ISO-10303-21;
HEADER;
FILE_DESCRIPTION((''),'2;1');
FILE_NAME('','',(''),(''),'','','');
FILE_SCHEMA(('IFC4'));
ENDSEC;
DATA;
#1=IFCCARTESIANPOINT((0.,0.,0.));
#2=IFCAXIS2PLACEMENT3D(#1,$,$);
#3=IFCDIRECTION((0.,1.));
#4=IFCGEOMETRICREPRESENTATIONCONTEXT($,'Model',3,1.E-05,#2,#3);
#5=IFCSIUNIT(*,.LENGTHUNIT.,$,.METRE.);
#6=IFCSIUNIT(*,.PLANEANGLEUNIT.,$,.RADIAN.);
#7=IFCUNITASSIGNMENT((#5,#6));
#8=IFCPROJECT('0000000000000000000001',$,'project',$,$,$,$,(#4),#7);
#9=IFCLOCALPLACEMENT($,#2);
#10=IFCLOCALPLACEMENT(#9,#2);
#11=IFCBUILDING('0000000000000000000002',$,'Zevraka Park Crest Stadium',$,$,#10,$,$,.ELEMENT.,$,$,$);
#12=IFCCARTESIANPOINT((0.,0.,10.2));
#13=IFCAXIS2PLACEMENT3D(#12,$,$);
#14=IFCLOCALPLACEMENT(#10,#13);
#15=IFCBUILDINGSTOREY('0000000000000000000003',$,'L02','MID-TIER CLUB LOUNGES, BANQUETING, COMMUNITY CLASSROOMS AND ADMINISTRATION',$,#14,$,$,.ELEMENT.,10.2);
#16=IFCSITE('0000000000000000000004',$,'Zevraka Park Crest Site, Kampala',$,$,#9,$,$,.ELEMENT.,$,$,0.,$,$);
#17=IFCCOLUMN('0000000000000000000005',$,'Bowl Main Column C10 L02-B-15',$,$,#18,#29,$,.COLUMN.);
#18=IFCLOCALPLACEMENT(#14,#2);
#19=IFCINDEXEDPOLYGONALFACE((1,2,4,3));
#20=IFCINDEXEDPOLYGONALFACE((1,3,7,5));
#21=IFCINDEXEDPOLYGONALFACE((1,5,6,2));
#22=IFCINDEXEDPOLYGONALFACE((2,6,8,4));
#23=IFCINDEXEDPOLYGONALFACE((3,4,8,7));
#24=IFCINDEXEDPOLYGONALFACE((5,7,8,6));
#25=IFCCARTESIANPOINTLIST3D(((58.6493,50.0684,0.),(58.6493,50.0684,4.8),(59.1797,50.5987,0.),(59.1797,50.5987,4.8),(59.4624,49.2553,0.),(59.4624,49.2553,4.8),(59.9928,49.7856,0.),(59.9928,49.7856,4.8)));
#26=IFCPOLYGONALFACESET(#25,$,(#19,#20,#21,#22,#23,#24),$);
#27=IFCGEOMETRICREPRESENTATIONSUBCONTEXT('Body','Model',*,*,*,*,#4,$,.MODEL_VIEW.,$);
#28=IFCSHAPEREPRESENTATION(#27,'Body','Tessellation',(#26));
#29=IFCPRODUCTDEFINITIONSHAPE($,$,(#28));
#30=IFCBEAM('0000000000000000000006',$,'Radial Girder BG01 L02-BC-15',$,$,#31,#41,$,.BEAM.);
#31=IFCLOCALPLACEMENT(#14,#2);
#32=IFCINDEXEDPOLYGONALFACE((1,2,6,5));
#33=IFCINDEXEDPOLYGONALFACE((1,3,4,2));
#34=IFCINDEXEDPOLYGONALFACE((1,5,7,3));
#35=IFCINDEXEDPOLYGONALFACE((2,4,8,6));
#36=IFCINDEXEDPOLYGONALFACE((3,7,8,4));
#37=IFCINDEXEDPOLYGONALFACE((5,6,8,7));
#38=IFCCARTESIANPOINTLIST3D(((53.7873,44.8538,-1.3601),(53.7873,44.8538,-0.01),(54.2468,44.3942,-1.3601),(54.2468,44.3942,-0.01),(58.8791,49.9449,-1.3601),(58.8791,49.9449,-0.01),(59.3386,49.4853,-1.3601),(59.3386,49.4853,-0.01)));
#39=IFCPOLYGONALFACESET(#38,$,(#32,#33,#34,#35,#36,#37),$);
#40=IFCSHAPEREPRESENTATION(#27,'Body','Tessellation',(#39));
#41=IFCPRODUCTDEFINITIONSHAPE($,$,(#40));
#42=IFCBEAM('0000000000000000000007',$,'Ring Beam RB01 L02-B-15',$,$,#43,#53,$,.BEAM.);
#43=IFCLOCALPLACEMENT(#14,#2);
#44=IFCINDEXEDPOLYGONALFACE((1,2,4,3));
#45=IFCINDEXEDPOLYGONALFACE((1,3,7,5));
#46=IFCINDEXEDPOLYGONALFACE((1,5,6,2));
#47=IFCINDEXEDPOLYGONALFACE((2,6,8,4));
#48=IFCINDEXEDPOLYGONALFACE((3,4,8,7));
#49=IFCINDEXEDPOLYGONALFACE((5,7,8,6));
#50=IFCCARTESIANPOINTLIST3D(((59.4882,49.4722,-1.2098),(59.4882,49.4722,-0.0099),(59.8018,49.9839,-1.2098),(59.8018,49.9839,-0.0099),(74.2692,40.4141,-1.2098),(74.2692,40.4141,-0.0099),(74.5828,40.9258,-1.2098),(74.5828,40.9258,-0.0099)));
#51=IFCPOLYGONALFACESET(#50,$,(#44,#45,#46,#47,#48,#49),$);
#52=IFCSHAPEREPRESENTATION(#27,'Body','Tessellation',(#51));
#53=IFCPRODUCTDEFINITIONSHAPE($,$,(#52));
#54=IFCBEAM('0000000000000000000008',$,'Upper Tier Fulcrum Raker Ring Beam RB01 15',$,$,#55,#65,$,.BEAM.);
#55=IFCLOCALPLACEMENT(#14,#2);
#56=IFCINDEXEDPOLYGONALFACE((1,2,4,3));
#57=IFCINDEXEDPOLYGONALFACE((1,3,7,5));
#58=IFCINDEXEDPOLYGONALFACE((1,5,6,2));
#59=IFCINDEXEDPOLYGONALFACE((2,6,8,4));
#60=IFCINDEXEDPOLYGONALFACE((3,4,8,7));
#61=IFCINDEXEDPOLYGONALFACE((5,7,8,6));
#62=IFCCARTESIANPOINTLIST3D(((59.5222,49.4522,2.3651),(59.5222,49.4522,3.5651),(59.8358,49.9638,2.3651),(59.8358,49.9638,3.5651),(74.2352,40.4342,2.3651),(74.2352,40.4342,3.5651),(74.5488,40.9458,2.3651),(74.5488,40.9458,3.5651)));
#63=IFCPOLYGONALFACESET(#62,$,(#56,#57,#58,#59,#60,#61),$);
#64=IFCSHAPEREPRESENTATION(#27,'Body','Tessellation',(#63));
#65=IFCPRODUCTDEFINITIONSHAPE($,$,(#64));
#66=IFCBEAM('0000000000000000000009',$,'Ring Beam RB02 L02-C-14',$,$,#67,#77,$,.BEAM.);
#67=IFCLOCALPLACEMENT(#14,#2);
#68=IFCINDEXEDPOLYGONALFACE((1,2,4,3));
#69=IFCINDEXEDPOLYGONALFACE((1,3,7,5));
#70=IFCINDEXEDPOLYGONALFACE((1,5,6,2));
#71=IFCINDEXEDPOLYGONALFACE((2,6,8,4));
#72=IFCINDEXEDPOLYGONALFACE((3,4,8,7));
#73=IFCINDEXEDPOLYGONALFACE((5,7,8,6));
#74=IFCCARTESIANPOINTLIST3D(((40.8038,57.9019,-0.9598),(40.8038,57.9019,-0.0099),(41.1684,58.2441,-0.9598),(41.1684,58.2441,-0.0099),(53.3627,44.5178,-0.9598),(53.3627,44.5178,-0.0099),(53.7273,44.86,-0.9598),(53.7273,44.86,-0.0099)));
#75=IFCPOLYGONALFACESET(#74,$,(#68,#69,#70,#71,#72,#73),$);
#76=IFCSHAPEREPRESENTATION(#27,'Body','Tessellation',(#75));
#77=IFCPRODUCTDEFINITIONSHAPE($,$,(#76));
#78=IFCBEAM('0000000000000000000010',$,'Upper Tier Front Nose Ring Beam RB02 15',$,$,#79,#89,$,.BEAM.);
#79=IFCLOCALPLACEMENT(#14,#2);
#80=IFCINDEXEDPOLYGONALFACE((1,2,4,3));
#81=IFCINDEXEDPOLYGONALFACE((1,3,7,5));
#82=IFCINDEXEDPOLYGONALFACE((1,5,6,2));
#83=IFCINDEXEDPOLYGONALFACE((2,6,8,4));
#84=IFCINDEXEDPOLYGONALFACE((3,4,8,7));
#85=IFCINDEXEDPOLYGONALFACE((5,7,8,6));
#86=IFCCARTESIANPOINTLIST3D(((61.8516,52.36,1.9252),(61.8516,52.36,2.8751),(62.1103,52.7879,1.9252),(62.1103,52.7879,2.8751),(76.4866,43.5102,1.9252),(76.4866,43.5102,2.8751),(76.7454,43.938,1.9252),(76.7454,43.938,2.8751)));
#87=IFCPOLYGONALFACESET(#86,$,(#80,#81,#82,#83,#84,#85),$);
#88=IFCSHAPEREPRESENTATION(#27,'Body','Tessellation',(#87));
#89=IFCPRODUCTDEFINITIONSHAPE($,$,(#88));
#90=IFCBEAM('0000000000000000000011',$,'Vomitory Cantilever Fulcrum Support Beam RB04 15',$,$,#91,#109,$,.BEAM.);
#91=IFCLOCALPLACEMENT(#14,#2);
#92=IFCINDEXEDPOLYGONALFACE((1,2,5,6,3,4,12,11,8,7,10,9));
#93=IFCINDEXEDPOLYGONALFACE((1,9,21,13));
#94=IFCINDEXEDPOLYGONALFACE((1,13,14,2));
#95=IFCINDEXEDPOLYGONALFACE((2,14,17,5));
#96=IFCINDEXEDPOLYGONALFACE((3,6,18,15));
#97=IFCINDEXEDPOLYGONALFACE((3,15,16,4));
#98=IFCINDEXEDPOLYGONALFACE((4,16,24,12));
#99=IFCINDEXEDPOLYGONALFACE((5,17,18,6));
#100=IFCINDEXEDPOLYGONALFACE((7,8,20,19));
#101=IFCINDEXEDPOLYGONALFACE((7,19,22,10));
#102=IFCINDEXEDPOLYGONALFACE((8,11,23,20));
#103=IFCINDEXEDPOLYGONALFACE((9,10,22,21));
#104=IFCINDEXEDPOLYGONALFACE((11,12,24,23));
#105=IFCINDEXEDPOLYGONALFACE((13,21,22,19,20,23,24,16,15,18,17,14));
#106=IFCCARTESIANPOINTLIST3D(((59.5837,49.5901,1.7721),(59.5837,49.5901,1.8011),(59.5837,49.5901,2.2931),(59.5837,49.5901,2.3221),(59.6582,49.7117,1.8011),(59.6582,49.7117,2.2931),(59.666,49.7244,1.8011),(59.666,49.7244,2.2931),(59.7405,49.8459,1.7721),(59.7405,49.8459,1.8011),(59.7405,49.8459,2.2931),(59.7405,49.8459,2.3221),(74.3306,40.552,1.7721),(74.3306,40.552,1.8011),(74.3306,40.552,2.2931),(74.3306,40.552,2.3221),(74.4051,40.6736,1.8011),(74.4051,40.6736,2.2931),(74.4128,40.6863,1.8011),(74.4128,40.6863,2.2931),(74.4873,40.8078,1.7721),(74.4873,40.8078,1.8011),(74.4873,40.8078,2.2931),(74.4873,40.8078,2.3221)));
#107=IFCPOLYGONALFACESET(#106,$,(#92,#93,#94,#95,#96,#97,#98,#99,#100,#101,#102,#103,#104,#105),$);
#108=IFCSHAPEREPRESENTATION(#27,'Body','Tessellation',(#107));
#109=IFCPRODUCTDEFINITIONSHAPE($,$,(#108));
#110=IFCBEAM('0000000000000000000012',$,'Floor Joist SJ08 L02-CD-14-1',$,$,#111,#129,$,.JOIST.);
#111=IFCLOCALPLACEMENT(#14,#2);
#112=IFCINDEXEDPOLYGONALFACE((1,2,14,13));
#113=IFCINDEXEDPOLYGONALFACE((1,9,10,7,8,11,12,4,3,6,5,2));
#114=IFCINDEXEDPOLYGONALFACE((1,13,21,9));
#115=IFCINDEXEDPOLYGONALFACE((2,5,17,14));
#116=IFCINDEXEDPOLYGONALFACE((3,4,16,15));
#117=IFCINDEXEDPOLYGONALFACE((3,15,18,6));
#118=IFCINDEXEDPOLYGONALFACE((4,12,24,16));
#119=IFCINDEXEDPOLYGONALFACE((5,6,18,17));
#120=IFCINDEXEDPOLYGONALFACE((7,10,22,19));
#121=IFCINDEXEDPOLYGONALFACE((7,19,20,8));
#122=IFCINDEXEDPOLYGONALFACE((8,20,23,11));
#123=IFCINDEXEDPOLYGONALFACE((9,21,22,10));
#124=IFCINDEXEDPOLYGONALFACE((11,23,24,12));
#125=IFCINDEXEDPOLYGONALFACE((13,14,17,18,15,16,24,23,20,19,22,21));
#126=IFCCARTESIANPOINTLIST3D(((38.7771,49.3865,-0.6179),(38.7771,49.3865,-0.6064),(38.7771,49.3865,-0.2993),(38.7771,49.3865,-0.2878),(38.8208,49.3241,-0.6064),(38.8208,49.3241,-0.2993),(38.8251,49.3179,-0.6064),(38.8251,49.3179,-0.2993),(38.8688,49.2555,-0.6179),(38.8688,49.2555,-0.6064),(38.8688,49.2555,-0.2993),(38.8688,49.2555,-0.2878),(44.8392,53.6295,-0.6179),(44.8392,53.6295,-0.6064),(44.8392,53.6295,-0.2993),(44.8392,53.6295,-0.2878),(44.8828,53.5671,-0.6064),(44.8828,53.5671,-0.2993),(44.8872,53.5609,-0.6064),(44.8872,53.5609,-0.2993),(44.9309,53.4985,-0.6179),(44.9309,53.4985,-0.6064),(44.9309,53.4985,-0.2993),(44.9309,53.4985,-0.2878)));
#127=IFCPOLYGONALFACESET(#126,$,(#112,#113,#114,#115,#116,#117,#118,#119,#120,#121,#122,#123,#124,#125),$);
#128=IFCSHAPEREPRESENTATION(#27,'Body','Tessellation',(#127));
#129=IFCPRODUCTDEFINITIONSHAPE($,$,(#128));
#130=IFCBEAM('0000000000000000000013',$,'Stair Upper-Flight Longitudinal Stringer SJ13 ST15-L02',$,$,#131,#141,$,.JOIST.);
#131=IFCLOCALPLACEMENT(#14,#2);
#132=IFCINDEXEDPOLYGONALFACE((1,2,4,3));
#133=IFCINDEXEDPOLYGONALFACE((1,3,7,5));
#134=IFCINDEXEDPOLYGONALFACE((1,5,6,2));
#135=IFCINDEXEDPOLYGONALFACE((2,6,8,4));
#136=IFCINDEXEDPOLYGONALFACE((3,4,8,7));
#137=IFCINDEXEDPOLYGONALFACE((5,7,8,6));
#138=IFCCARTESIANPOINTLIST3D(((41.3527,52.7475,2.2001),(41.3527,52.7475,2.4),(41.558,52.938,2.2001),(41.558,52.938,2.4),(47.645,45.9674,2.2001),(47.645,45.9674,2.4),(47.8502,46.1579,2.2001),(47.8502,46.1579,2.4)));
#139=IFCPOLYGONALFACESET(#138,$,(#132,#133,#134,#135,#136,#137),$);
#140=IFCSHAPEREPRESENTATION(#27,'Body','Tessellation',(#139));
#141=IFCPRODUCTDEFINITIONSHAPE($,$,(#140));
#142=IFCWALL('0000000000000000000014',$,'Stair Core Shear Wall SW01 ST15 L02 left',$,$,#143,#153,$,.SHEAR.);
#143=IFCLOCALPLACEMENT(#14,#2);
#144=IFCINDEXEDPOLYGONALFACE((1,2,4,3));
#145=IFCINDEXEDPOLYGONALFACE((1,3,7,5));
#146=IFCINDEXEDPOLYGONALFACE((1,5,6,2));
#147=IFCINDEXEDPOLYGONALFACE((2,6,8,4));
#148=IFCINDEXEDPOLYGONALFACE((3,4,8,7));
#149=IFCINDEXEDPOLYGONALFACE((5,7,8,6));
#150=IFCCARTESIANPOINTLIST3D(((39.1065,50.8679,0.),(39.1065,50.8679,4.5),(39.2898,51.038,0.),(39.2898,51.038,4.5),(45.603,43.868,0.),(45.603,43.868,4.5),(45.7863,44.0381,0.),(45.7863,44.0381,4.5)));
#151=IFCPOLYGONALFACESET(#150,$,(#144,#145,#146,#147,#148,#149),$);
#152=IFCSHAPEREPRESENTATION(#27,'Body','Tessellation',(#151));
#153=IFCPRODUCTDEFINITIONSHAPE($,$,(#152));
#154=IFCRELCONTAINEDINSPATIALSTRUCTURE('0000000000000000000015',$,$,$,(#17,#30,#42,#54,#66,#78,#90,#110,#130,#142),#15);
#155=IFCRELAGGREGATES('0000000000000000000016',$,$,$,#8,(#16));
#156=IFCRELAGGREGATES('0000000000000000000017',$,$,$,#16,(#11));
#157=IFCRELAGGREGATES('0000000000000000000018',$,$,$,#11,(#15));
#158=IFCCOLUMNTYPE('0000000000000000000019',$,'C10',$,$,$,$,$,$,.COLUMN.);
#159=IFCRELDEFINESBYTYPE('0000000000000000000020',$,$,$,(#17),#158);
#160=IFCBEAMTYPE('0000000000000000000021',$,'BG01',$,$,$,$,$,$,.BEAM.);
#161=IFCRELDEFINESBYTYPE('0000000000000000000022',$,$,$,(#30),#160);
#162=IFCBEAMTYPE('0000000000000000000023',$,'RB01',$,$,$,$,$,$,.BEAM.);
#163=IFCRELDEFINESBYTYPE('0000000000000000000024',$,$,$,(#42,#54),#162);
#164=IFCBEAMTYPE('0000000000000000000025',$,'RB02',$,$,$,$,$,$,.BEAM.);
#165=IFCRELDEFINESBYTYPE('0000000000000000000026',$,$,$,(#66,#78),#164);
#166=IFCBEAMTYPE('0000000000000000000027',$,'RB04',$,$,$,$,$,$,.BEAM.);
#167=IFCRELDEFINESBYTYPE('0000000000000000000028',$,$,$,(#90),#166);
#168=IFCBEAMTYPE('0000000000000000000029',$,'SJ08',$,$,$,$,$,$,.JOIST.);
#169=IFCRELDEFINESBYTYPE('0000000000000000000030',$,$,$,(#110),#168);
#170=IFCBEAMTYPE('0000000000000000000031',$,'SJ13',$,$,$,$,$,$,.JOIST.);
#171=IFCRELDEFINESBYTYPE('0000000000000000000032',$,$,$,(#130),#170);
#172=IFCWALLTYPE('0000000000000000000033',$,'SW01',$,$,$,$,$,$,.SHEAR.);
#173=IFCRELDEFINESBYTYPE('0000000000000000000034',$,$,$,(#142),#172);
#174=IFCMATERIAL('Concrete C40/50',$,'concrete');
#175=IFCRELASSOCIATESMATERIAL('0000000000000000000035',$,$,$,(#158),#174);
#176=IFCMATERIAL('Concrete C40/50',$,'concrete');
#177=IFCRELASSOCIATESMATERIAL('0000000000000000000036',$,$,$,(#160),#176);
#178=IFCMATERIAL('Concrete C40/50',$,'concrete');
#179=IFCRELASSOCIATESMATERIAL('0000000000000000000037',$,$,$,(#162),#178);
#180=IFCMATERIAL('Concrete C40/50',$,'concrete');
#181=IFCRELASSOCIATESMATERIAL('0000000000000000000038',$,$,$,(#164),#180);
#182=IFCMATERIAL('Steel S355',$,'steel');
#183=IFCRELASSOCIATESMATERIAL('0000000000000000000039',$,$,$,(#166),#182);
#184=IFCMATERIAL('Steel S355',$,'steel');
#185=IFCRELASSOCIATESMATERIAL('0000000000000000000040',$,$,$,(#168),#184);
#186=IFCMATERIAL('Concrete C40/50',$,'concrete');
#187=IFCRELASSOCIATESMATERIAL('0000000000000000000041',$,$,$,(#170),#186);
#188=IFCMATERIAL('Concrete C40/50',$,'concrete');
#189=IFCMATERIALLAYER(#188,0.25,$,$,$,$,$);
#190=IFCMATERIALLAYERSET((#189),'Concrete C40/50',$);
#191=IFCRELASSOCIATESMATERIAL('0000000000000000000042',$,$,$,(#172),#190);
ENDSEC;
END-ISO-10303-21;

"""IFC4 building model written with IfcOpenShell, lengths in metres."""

from ifc_helpers import new_model, si_unit, direction, frame, frame_2d, origin, origin_2d, place, context, subcontext, project, spatial, rectangle, i_section, extrude, material, layer, layer_set, material_profile, profile_set, type_object, element, save


model = new_model("IFC4")

# Units and contexts
model_context = context("Model", 3, precision=1e-05, world=origin(), true_north=direction((0.0, 1.0)))
body_context = subcontext(model_context, "Body", "Model", "MODEL_VIEW")
ifc_project = project(units=[si_unit("LENGTHUNIT", "METRE"), si_unit("PLANEANGLEUNIT", "RADIAN")], contexts=[model_context])

# Site, building, storey
site_placement = place(None, origin())
site = spatial("IfcSite", under=ifc_project, at=site_placement, Name="Zevraka Park Crest Site, Kampala", CompositionType="ELEMENT", RefElevation=0.0)
building_placement = place(site_placement, origin())
building = spatial("IfcBuilding", under=site, at=building_placement, Name="Zevraka Park Crest Stadium", CompositionType="ELEMENT")
storey_placement = place(building_placement, frame((0.0, 0.0, 10.2)))
storey = spatial("IfcBuildingStorey", under=building, at=storey_placement, Name="L02", Description="MID-TIER CLUB LOUNGES, BANQUETING, COMMUNITY CLASSROOMS AND ADMINISTRATION", CompositionType="ELEMENT", Elevation=10.2)

# Column
ifc_material_1 = material(Name="Concrete C40/50", Category="concrete")
ifc_material_profile_1 = material_profile(ifc_material_1, rectangle(XDim=0.75, YDim=1.1499, at=origin_2d()), Name="RC 1150x750")
ifc_profile_set_1 = profile_set([ifc_material_profile_1], Name="Concrete C40/50")
column_type = type_object("IfcColumnType", Name="C10", PredefinedType="COLUMN", material=ifc_profile_set_1)
column_placement = place(storey_placement, frame((59.321, 49.927, 0.0), z_axis=(0.0, 0.0, 1.0), x_axis=(0.707107, 0.707107, 0.0)))
element("IfcColumn", 1, at=column_placement, inside=storey, type_object=column_type, Name="Bowl Main Column C10 L02-B-15", PredefinedType="COLUMN", context=body_context, shape_type="SweptSolid", body=[
    extrude(rectangle(XDim=0.75, YDim=1.1499, at=origin_2d()), origin(), (0.0, 0.0, 1.0), 4.8),
])

# Beams
ifc_material_2 = material(Name="Concrete C40/50", Category="concrete")
ifc_material_profile_2 = material_profile(ifc_material_2, rectangle(XDim=0.6499, YDim=1.3501, at=origin_2d()), Name="RC 1350x650")
ifc_profile_set_2 = profile_set([ifc_material_profile_2], Name="Concrete C40/50")
beam_type_1 = type_object("IfcBeamType", Name="BG01", PredefinedType="BEAM", material=ifc_profile_set_2)
beam_1_placement = place(storey_placement, frame((59.1089, 49.7151, -0.6851), z_axis=(-0.707158, -0.707056, 0.0), x_axis=(0.707056, -0.707158, 0.0)))
element("IfcBeam", 2, at=beam_1_placement, inside=storey, type_object=beam_type_1, Name="Radial Girder BG01 L02-BC-15", PredefinedType="BEAM", context=body_context, shape_type="SweptSolid", body=[
    extrude(rectangle(XDim=0.6499, YDim=1.3501, at=origin_2d()), origin(), (0.0, 0.0, 1.0), 7.2004),
])
ifc_material_3 = material(Name="Concrete C40/50", Category="concrete")
ifc_material_profile_3 = material_profile(ifc_material_3, rectangle(XDim=0.6001, YDim=1.2, at=origin_2d()), Name="RC 1200x600")
ifc_profile_set_3 = profile_set([ifc_material_profile_3], Name="Concrete C40/50")
beam_type_2 = type_object("IfcBeamType", Name="RB01", PredefinedType="BEAM", material=ifc_profile_set_3)
beam_2_placement = place(storey_placement, frame((59.645, 49.728, -0.6099), z_axis=(0.852633, -0.522511, 0.0), x_axis=(0.522511, 0.852633, 0.0)))
element("IfcBeam", 3, at=beam_2_placement, inside=storey, type_object=beam_type_2, Name="Ring Beam RB01 L02-B-15", PredefinedType="BEAM", context=body_context, shape_type="SweptSolid", body=[
    extrude(rectangle(XDim=0.6001, YDim=1.2, at=origin_2d()), origin(), (0.0, 0.0, 1.0), 17.3357),
])
beam_3_placement = place(storey_placement, frame((59.679, 49.708, 2.9651), z_axis=(0.852593, -0.522576, 0.0), x_axis=(0.522576, 0.852593, 0.0)))
element("IfcBeam", 4, at=beam_3_placement, inside=storey, type_object=beam_type_2, Name="Upper Tier Fulcrum Raker Ring Beam RB01 15", PredefinedType="BEAM", context=body_context, shape_type="SweptSolid", body=[
    extrude(rectangle(XDim=0.6001, YDim=1.2, at=origin_2d()), origin(), (0.0, 0.0, 1.0), 17.2568),
])
ifc_material_4 = material(Name="Concrete C40/50", Category="concrete")
ifc_material_profile_4 = material_profile(ifc_material_4, rectangle(XDim=0.5, YDim=0.95, at=origin_2d()), Name="RC 950x500")
ifc_profile_set_4 = profile_set([ifc_material_profile_4], Name="Concrete C40/50")
beam_type_3 = type_object("IfcBeamType", Name="RB02", PredefinedType="BEAM", material=ifc_profile_set_4)
beam_4_placement = place(storey_placement, frame((40.9861, 58.073, -0.4849), z_axis=(0.684269, -0.72923, 0.0), x_axis=(0.72923, 0.684269, 0.0)))
element("IfcBeam", 5, at=beam_4_placement, inside=storey, type_object=beam_type_3, Name="Ring Beam RB02 L02-C-14", PredefinedType="BEAM", context=body_context, shape_type="SweptSolid", body=[
    extrude(rectangle(XDim=0.5, YDim=0.95, at=origin_2d()), origin(), (0.0, 0.0, 1.0), 18.3538),
])
beam_5_placement = place(storey_placement, frame((61.981, 52.574, 2.4001), z_axis=(0.855712, -0.517453, 0.0), x_axis=(0.517453, 0.855712, 0.0)))
element("IfcBeam", 6, at=beam_5_placement, inside=storey, type_object=beam_type_3, Name="Upper Tier Front Nose Ring Beam RB02 15", PredefinedType="BEAM", context=body_context, shape_type="SweptSolid", body=[
    extrude(rectangle(XDim=0.5, YDim=0.95, at=origin_2d()), origin(), (0.0, 0.0, 1.0), 17.1028),
])
ifc_material_5 = material(Name="Steel S355", Category="steel")
ifc_material_profile_5 = material_profile(ifc_material_5, i_section(OverallWidth=0.3, OverallDepth=0.55, WebThickness=0.0149, FlangeThickness=0.0291, at=origin_2d()), Name="HEB 550")
ifc_profile_set_5 = profile_set([ifc_material_profile_5], Name="Steel S355")
beam_type_4 = type_object("IfcBeamType", Name="RB04", PredefinedType="BEAM", material=ifc_profile_set_5)
beam_6_placement = place(storey_placement, frame((59.6621, 49.718, 2.0471), z_axis=(0.852609, -0.52255, 0.0), x_axis=(0.52255, 0.852609, 0.0)))
element("IfcBeam", 7, at=beam_6_placement, inside=storey, type_object=beam_type_4, Name="Vomitory Cantilever Fulcrum Support Beam RB04 15", PredefinedType="BEAM", context=body_context, shape_type="SweptSolid", body=[
    extrude(i_section(OverallWidth=0.3, OverallDepth=0.55, WebThickness=0.0149, FlangeThickness=0.0291, at=origin_2d()), origin(), (0.0, 0.0, 1.0), 17.2961),
])
ifc_material_6 = material(Name="Steel S355", Category="steel")
ifc_material_profile_6 = material_profile(ifc_material_6, i_section(OverallWidth=0.1599, OverallDepth=0.3301, WebThickness=0.0076, FlangeThickness=0.0115, at=origin_2d()), Name="IPE 330")
ifc_profile_set_6 = profile_set([ifc_material_profile_6], Name="Steel S355")
beam_type_5 = type_object("IfcBeamType", Name="SJ08", PredefinedType="JOIST", material=ifc_profile_set_6)
beam_7_placement = place(storey_placement, frame((44.885, 53.564, -0.4529), z_axis=(-0.819263, -0.573418, 0.0), x_axis=(0.573418, -0.819263, 0.0)))
element("IfcBeam", 8, at=beam_7_placement, inside=storey, type_object=beam_type_5, Name="Floor Joist SJ08 L02-CD-14-1", PredefinedType="JOIST", context=body_context, shape_type="SweptSolid", body=[
    extrude(i_section(OverallWidth=0.1599, OverallDepth=0.3301, WebThickness=0.0076, FlangeThickness=0.0115, at=origin_2d()), origin(), (0.0, 0.0, 1.0), 7.3994),
])
ifc_material_7 = material(Name="Concrete C40/50", Category="concrete")
ifc_material_profile_7 = material_profile(ifc_material_7, rectangle(XDim=0.28, YDim=0.2, at=origin_2d()), Name="RC 200x280")
ifc_profile_set_7 = profile_set([ifc_material_profile_7], Name="Concrete C40/50")
beam_type_6 = type_object("IfcBeamType", Name="SJ13", PredefinedType="JOIST", material=ifc_profile_set_7)
beam_8_placement = place(storey_placement, frame((41.4553, 52.8428, 2.3), z_axis=(0.680248, -0.732982, 0.0), x_axis=(0.732982, 0.680248, 0.0)))
element("IfcBeam", 9, at=beam_8_placement, inside=storey, type_object=beam_type_6, Name="Stair Upper-Flight Longitudinal Stringer SJ13 ST15-L02", PredefinedType="JOIST", context=body_context, shape_type="SweptSolid", body=[
    extrude(rectangle(XDim=0.28, YDim=0.2, at=origin_2d()), origin(), (0.0, 0.0, 1.0), 9.25),
])

# Wall
ifc_material_8 = material(Name="Concrete C40/50", Category="concrete")
ifc_layer = layer(ifc_material_8, 0.25)
ifc_layer_set = layer_set([ifc_layer], Name="Concrete C40/50")
wall_type = type_object("IfcWallType", Name="SW01", PredefinedType="SHEAR", material=ifc_layer_set)
wall_1_placement = place(storey_placement, frame((39.1982, 50.9529, 0.0), z_axis=(0.0, 0.0, 1.0), x_axis=(0.680259, -0.732972, 0.0)))
element("IfcWall", 10, at=wall_1_placement, inside=storey, type_object=wall_type, Name="Stair Core Shear Wall SW01 ST15 L02 left", PredefinedType="SHEAR", context=body_context, shape_type="SweptSolid", body=[
    extrude(rectangle(XDim=9.55, YDim=0.25, at=frame_2d((4.7749, 0.0))), origin(), (0.0, 0.0, 1.0), 4.5),
])

save(model, "model.ifc")
